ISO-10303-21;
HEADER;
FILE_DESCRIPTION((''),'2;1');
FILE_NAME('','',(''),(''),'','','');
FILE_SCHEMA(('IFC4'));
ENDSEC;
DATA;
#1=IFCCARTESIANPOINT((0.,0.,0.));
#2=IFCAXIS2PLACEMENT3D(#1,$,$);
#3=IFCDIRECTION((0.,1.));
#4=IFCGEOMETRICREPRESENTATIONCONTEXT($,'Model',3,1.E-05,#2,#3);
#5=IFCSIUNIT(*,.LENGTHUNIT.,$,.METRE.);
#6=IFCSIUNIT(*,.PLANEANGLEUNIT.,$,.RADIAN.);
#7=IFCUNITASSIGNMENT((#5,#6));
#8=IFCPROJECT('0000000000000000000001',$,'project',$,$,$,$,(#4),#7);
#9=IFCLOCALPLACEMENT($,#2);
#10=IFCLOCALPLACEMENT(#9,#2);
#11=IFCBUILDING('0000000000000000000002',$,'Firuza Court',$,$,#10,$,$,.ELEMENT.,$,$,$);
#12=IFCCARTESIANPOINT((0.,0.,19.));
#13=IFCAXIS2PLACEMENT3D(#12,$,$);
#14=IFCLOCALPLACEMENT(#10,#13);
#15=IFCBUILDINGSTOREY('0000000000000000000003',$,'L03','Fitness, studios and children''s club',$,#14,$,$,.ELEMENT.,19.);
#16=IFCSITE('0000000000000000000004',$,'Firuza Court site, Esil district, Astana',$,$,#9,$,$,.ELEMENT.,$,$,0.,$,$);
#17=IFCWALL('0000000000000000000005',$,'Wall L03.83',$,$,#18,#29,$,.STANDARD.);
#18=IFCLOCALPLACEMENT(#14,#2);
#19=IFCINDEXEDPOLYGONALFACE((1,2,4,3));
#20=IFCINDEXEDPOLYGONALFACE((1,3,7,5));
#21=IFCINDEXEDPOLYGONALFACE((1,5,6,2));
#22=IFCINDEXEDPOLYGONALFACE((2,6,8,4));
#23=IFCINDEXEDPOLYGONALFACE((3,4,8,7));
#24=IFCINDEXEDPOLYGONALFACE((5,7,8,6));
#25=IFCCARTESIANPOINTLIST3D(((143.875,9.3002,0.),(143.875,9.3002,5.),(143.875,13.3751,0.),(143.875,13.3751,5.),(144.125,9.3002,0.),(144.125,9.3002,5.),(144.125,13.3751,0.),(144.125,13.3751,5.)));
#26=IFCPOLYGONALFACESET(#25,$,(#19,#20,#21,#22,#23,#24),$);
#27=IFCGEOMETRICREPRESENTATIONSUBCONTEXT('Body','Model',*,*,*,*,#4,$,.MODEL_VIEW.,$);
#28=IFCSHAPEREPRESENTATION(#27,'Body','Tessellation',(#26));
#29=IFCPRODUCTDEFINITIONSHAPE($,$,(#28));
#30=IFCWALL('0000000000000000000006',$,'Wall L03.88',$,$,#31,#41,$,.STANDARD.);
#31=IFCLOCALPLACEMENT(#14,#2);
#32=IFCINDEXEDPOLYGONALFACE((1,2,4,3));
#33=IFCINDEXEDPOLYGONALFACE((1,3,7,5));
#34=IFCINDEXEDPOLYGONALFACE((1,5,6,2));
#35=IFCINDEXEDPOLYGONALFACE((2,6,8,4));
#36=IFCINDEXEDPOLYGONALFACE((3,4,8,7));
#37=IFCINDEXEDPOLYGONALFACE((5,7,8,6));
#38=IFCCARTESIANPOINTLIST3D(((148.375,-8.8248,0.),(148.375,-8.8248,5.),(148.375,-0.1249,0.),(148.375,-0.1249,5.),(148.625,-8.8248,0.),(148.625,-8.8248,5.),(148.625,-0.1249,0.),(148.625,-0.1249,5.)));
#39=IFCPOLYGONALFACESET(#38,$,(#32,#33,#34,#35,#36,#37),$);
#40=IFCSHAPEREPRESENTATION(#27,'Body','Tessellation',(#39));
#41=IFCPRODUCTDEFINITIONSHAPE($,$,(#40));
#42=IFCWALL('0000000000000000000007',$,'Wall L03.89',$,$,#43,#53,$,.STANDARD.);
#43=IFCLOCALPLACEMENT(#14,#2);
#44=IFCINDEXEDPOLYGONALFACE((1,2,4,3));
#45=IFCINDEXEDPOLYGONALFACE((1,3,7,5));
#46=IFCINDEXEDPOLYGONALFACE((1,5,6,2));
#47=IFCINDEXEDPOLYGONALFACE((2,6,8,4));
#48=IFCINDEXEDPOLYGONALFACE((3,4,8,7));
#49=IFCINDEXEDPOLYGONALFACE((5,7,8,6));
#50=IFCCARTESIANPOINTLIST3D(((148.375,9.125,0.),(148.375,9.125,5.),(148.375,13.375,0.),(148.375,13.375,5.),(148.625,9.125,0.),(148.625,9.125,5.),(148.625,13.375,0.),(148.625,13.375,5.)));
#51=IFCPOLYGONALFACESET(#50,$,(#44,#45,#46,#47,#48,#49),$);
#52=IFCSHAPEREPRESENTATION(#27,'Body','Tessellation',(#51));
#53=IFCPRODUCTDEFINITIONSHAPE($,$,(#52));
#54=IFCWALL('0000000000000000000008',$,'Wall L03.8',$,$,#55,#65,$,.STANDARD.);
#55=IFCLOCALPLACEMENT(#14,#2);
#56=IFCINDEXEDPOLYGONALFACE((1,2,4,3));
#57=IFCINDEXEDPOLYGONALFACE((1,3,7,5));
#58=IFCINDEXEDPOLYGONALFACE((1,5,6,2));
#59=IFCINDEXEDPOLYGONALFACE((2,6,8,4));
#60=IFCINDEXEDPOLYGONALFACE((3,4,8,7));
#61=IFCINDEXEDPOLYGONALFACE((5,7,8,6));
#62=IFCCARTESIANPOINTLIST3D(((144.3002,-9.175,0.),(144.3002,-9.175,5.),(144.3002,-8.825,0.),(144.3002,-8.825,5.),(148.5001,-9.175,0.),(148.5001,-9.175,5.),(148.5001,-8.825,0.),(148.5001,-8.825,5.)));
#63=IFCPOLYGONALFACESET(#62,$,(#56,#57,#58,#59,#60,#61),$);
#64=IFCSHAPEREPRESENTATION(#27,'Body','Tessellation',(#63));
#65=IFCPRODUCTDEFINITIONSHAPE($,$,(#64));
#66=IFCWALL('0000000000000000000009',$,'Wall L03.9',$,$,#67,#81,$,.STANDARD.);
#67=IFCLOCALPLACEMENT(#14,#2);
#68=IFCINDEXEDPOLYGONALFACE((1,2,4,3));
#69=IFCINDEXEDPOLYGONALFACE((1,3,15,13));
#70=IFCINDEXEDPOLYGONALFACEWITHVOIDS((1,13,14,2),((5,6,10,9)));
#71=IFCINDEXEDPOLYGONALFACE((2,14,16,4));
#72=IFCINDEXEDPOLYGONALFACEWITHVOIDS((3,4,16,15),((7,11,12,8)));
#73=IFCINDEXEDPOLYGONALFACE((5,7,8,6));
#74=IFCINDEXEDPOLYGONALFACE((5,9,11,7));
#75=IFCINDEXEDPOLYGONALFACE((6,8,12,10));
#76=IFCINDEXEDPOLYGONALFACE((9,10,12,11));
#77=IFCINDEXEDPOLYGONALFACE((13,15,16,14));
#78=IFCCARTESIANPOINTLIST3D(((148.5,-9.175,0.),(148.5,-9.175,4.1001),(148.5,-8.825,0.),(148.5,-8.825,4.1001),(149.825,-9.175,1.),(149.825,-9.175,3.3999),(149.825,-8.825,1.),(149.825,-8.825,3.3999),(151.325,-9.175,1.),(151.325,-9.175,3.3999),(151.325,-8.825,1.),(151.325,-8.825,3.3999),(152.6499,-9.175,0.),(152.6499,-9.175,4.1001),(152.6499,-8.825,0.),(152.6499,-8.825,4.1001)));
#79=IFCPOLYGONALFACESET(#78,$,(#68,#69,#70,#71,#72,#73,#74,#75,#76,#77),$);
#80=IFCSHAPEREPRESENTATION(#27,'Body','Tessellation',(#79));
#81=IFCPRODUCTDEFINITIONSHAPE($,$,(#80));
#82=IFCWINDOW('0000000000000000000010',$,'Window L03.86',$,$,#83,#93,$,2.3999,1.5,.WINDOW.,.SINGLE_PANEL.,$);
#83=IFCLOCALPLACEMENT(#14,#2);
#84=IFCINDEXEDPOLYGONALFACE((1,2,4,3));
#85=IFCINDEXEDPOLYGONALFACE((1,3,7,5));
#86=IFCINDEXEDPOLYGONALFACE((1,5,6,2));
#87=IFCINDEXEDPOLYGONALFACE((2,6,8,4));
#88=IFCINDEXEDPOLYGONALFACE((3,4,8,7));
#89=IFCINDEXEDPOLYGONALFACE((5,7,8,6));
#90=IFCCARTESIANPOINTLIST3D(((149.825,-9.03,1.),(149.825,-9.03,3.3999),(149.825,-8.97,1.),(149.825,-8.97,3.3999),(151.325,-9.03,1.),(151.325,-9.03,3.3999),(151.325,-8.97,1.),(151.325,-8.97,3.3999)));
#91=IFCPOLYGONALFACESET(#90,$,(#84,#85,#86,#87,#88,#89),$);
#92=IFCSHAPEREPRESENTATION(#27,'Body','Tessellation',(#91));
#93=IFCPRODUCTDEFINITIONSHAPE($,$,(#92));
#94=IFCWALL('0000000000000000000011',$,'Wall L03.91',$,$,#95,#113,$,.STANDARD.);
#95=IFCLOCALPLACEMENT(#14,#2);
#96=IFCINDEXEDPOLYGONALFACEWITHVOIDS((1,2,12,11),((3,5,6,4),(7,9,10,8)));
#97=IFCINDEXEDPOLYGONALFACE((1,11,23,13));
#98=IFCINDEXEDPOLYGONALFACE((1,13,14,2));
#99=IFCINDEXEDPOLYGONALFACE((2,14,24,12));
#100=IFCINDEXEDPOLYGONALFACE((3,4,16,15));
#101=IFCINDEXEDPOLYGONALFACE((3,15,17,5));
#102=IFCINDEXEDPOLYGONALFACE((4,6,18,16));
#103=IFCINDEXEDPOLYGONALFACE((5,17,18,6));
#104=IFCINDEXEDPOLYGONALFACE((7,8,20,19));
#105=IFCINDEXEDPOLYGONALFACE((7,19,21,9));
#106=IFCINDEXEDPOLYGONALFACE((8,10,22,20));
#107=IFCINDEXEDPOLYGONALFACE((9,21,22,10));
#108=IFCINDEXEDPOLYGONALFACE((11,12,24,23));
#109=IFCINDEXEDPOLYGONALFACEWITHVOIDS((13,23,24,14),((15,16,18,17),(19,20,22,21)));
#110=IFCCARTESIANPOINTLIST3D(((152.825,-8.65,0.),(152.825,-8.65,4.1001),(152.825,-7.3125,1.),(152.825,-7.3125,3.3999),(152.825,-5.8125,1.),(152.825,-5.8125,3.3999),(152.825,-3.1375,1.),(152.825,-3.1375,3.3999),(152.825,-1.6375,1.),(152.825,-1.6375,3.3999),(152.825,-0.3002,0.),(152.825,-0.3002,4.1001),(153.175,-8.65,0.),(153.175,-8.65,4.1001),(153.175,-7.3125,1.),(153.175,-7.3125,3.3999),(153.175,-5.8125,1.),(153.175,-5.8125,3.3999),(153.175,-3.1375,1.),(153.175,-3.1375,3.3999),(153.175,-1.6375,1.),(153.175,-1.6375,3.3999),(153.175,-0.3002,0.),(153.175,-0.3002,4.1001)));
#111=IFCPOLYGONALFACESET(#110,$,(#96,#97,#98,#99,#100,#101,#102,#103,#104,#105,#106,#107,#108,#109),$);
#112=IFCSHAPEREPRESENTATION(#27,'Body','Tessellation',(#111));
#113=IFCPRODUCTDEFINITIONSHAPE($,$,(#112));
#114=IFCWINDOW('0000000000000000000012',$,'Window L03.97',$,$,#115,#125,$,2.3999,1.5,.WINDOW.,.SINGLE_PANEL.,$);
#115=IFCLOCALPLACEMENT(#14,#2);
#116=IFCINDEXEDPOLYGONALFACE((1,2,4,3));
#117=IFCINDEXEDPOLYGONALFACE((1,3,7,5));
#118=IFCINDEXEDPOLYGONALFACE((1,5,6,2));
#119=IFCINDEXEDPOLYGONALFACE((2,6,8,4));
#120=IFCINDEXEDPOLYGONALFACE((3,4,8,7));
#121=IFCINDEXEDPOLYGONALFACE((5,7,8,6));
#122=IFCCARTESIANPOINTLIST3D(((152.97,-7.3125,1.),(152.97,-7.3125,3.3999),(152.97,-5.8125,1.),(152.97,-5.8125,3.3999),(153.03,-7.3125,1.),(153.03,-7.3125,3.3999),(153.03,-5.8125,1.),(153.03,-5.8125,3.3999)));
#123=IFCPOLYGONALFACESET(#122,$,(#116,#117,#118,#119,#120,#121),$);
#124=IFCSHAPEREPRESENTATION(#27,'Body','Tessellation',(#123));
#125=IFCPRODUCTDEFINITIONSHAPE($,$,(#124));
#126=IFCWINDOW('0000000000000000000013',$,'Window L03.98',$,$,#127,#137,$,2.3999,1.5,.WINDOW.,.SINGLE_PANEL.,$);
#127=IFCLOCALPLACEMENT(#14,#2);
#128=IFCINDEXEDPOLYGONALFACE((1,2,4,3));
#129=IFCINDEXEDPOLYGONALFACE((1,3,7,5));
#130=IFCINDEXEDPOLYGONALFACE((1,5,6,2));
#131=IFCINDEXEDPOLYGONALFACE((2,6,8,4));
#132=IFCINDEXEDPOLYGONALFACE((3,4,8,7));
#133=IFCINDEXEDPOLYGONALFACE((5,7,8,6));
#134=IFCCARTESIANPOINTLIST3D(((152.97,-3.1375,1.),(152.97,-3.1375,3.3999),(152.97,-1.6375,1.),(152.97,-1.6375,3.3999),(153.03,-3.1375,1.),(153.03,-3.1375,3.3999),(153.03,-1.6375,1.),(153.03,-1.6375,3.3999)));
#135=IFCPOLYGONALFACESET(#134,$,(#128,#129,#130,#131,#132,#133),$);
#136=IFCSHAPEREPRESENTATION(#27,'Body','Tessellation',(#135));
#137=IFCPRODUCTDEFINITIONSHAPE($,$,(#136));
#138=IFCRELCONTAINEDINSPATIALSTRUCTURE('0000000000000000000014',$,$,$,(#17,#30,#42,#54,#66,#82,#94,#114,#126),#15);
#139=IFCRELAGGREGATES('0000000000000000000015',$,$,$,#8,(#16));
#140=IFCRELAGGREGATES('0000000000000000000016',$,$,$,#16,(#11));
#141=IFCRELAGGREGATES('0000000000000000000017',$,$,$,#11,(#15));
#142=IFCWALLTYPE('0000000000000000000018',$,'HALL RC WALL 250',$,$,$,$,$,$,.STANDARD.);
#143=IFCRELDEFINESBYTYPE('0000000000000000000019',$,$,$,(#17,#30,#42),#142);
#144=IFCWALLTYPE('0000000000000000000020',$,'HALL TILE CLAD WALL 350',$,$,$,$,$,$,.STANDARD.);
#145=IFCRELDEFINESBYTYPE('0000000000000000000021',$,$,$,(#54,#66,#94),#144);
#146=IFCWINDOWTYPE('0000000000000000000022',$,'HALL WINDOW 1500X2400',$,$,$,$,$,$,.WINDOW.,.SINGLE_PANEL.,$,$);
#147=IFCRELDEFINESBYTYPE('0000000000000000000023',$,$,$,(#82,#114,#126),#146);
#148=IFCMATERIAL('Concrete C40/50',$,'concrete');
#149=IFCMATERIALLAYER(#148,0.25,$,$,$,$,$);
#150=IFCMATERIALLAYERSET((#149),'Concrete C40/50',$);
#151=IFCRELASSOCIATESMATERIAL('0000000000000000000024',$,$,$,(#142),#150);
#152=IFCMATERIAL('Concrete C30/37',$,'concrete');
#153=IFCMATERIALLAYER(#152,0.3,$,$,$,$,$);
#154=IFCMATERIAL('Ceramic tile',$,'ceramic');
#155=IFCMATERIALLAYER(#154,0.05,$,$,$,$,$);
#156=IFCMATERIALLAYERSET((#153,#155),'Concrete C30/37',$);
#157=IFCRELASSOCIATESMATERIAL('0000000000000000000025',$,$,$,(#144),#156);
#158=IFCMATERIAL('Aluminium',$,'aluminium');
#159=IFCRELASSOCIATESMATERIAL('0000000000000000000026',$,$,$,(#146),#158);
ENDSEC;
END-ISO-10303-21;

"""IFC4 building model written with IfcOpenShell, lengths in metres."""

from ifc_helpers import new_model, si_unit, direction, frame, frame_2d, origin, place, context, subcontext, project, spatial, rectangle, extrude, material, layer, layer_set, type_object, element, fill, save


model = new_model("IFC4")

# Units and contexts
model_context = context("Model", 3, precision=1e-05, world=origin(), true_north=direction((0.0, 1.0)))
body_context = subcontext(model_context, "Body", "Model", "MODEL_VIEW")
ifc_project = project(units=[si_unit("LENGTHUNIT", "METRE"), si_unit("PLANEANGLEUNIT", "RADIAN")], contexts=[model_context])

# Site, building, storey
site_placement = place(None, origin())
site = spatial("IfcSite", under=ifc_project, at=site_placement, Name="Firuza Court site, Esil district, Astana", CompositionType="ELEMENT", RefElevation=0.0)
building_placement = place(site_placement, origin())
building = spatial("IfcBuilding", under=site, at=building_placement, Name="Firuza Court", CompositionType="ELEMENT")
storey_placement = place(building_placement, frame((0.0, 0.0, 19.0)))
storey = spatial("IfcBuildingStorey", under=building, at=storey_placement, Name="L03", Description="Fitness, studios and children's club", CompositionType="ELEMENT", Elevation=19.0)

# Walls
ifc_material_1 = material(Name="Concrete C40/50", Category="concrete")
ifc_layer_1 = layer(ifc_material_1, 0.25)
ifc_layer_set_1 = layer_set([ifc_layer_1], Name="Concrete C40/50")
wall_type_1 = type_object("IfcWallType", Name="HALL RC WALL 250", PredefinedType="STANDARD", material=ifc_layer_set_1)
wall_1_placement = place(storey_placement, frame((144.0, 9.3, 0.0), z_axis=(0.0, 0.0, 1.0), x_axis=(0.0, 1.0, 0.0)))
element("IfcWall", 1, at=wall_1_placement, inside=storey, type_object=wall_type_1, Name="Wall L03.83", PredefinedType="STANDARD", context=body_context, shape_type="SweptSolid", body=[
    extrude(rectangle(XDim=4.075, YDim=0.25, at=frame_2d((2.0376, 0.0))), origin(), (0.0, 0.0, 1.0), 5.0),
])
wall_2_placement = place(storey_placement, frame((148.5, -8.825, 0.0), z_axis=(0.0, 0.0, 1.0), x_axis=(0.0, 1.0, 0.0)))
element("IfcWall", 2, at=wall_2_placement, inside=storey, type_object=wall_type_1, Name="Wall L03.88", PredefinedType="STANDARD", context=body_context, shape_type="SweptSolid", body=[
    extrude(rectangle(XDim=8.7, YDim=0.25, at=frame_2d((4.3501, 0.0))), origin(), (0.0, 0.0, 1.0), 5.0),
])
wall_3_placement = place(storey_placement, frame((148.5, 9.125, 0.0), z_axis=(0.0, 0.0, 1.0), x_axis=(0.0, 1.0, 0.0)))
element("IfcWall", 3, at=wall_3_placement, inside=storey, type_object=wall_type_1, Name="Wall L03.89", PredefinedType="STANDARD", context=body_context, shape_type="SweptSolid", body=[
    extrude(rectangle(XDim=4.25, YDim=0.25, at=frame_2d((2.125, 0.0))), origin(), (0.0, 0.0, 1.0), 5.0),
])
ifc_material_2 = material(Name="Concrete C30/37", Category="concrete")
ifc_layer_2 = layer(ifc_material_2, 0.3)
ifc_material_3 = material(Name="Ceramic tile", Category="ceramic")
ifc_layer_3 = layer(ifc_material_3, 0.05)
ifc_layer_set_2 = layer_set([ifc_layer_2, ifc_layer_3], Name="Concrete C30/37")
wall_type_2 = type_object("IfcWallType", Name="HALL TILE CLAD WALL 350", PredefinedType="STANDARD", material=ifc_layer_set_2)
wall_4_placement = place(storey_placement, frame((144.3, -9.0, 0.0), z_axis=(0.0, 0.0, 1.0), x_axis=(1.0, 0.0, 0.0)))
element("IfcWall", 4, at=wall_4_placement, inside=storey, type_object=wall_type_2, Name="Wall L03.8", PredefinedType="STANDARD", context=body_context, shape_type="SweptSolid", body=[
    extrude(rectangle(XDim=4.2, YDim=0.3501, at=frame_2d((2.1001, 0.0))), origin(), (0.0, 0.0, 1.0), 5.0),
])

# Wall, opening, window
wall_5_placement = place(storey_placement, frame((148.5, -9.0, 0.0), z_axis=(0.0, 0.0, 1.0), x_axis=(1.0, 0.0, 0.0)))
wall_5 = element("IfcWall", 5, at=wall_5_placement, inside=storey, type_object=wall_type_2, Name="Wall L03.9", PredefinedType="STANDARD", context=body_context, shape_type="SweptSolid", body=[
    extrude(rectangle(XDim=4.1499, YDim=0.3501, at=frame_2d((2.075, 0.0))), origin(), (0.0, 0.0, 1.0), 4.1001),
])
opening_1_placement = place(wall_5_placement, frame((1.325, 0.0, 1.0)))
opening_1 = element("IfcOpeningElement", 6, at=opening_1_placement, cuts=wall_5, PredefinedType="OPENING", context=body_context, shape_type="SweptSolid", body=[
    extrude(rectangle(XDim=1.5, YDim=2.3999, at=frame_2d((0.75, 1.2))), frame((0.0, 0.187, 0.0), z_axis=(0.0, -1.0, 0.0), x_axis=(1.0, 0.0, 0.0)), (0.0, 0.0, 1.0), 0.374),
])
ifc_material_4 = material(Name="Aluminium", Category="aluminium")
window_type = type_object("IfcWindowType", Name="HALL WINDOW 1500X2400", PartitioningType="SINGLE_PANEL", PredefinedType="WINDOW", material=ifc_material_4)
window_1_placement = place(opening_1_placement, origin())
window_1 = element("IfcWindow", 7, at=window_1_placement, inside=storey, type_object=window_type, Name="Window L03.86", OverallHeight=2.3999, OverallWidth=1.5, PartitioningType="SINGLE_PANEL", PredefinedType="WINDOW", context=body_context, shape_type="SweptSolid", body=[
    extrude(rectangle(XDim=1.5, YDim=2.3999, at=frame_2d((0.75, 1.2))), frame((0.0, 0.03, 0.0), z_axis=(0.0, -1.0, 0.0), x_axis=(1.0, 0.0, 0.0)), (0.0, 0.0, 1.0), 0.0601),
])
fill(opening_1, window_1)

# Wall, openings, windows
wall_6_placement = place(storey_placement, frame((153.0, -8.6499, 0.0), z_axis=(0.0, 0.0, 1.0), x_axis=(0.0, 1.0, 0.0)))
wall_6 = element("IfcWall", 8, at=wall_6_placement, inside=storey, type_object=wall_type_2, Name="Wall L03.91", PredefinedType="STANDARD", context=body_context, shape_type="SweptSolid", body=[
    extrude(rectangle(XDim=8.3499, YDim=0.3501, at=frame_2d((4.1748, 0.0))), origin(), (0.0, 0.0, 1.0), 4.1001),
])
opening_2_placement = place(wall_6_placement, frame((1.3374, 0.0, 1.0)))
opening_2 = element("IfcOpeningElement", 9, at=opening_2_placement, cuts=wall_6, PredefinedType="OPENING", context=body_context, shape_type="SweptSolid", body=[
    extrude(rectangle(XDim=1.5, YDim=2.3999, at=frame_2d((0.75, 1.2))), frame((0.0, 0.187, 0.0), z_axis=(0.0, -1.0, 0.0), x_axis=(1.0, 0.0, 0.0)), (0.0, 0.0, 1.0), 0.374),
])
opening_3_placement = place(wall_6_placement, frame((5.5125, 0.0, 1.0)))
opening_3 = element("IfcOpeningElement", 10, at=opening_3_placement, cuts=wall_6, PredefinedType="OPENING", context=body_context, shape_type="SweptSolid", body=[
    extrude(rectangle(XDim=1.5, YDim=2.3999, at=frame_2d((0.75, 1.2))), frame((0.0, 0.187, 0.0), z_axis=(0.0, -1.0, 0.0), x_axis=(1.0, 0.0, 0.0)), (0.0, 0.0, 1.0), 0.374),
])
window_2_placement = place(opening_2_placement, origin())
window_2 = element("IfcWindow", 11, at=window_2_placement, inside=storey, type_object=window_type, Name="Window L03.97", OverallHeight=2.3999, OverallWidth=1.5, PartitioningType="SINGLE_PANEL", PredefinedType="WINDOW", context=body_context, shape_type="SweptSolid", body=[
    extrude(rectangle(XDim=1.5, YDim=2.3999, at=frame_2d((0.75, 1.2))), frame((0.0, 0.03, 0.0), z_axis=(0.0, -1.0, 0.0), x_axis=(1.0, 0.0, 0.0)), (0.0, 0.0, 1.0), 0.0601),
])
fill(opening_2, window_2)
window_3_placement = place(opening_3_placement, origin())
window_3 = element("IfcWindow", 12, at=window_3_placement, inside=storey, type_object=window_type, Name="Window L03.98", OverallHeight=2.3999, OverallWidth=1.5, PartitioningType="SINGLE_PANEL", PredefinedType="WINDOW", context=body_context, shape_type="SweptSolid", body=[
    extrude(rectangle(XDim=1.5, YDim=2.3999, at=frame_2d((0.75, 1.2))), frame((0.0, 0.03, 0.0), z_axis=(0.0, -1.0, 0.0), x_axis=(1.0, 0.0, 0.0)), (0.0, 0.0, 1.0), 0.0601),
])
fill(opening_3, window_3)

save(model, "model.ifc")
